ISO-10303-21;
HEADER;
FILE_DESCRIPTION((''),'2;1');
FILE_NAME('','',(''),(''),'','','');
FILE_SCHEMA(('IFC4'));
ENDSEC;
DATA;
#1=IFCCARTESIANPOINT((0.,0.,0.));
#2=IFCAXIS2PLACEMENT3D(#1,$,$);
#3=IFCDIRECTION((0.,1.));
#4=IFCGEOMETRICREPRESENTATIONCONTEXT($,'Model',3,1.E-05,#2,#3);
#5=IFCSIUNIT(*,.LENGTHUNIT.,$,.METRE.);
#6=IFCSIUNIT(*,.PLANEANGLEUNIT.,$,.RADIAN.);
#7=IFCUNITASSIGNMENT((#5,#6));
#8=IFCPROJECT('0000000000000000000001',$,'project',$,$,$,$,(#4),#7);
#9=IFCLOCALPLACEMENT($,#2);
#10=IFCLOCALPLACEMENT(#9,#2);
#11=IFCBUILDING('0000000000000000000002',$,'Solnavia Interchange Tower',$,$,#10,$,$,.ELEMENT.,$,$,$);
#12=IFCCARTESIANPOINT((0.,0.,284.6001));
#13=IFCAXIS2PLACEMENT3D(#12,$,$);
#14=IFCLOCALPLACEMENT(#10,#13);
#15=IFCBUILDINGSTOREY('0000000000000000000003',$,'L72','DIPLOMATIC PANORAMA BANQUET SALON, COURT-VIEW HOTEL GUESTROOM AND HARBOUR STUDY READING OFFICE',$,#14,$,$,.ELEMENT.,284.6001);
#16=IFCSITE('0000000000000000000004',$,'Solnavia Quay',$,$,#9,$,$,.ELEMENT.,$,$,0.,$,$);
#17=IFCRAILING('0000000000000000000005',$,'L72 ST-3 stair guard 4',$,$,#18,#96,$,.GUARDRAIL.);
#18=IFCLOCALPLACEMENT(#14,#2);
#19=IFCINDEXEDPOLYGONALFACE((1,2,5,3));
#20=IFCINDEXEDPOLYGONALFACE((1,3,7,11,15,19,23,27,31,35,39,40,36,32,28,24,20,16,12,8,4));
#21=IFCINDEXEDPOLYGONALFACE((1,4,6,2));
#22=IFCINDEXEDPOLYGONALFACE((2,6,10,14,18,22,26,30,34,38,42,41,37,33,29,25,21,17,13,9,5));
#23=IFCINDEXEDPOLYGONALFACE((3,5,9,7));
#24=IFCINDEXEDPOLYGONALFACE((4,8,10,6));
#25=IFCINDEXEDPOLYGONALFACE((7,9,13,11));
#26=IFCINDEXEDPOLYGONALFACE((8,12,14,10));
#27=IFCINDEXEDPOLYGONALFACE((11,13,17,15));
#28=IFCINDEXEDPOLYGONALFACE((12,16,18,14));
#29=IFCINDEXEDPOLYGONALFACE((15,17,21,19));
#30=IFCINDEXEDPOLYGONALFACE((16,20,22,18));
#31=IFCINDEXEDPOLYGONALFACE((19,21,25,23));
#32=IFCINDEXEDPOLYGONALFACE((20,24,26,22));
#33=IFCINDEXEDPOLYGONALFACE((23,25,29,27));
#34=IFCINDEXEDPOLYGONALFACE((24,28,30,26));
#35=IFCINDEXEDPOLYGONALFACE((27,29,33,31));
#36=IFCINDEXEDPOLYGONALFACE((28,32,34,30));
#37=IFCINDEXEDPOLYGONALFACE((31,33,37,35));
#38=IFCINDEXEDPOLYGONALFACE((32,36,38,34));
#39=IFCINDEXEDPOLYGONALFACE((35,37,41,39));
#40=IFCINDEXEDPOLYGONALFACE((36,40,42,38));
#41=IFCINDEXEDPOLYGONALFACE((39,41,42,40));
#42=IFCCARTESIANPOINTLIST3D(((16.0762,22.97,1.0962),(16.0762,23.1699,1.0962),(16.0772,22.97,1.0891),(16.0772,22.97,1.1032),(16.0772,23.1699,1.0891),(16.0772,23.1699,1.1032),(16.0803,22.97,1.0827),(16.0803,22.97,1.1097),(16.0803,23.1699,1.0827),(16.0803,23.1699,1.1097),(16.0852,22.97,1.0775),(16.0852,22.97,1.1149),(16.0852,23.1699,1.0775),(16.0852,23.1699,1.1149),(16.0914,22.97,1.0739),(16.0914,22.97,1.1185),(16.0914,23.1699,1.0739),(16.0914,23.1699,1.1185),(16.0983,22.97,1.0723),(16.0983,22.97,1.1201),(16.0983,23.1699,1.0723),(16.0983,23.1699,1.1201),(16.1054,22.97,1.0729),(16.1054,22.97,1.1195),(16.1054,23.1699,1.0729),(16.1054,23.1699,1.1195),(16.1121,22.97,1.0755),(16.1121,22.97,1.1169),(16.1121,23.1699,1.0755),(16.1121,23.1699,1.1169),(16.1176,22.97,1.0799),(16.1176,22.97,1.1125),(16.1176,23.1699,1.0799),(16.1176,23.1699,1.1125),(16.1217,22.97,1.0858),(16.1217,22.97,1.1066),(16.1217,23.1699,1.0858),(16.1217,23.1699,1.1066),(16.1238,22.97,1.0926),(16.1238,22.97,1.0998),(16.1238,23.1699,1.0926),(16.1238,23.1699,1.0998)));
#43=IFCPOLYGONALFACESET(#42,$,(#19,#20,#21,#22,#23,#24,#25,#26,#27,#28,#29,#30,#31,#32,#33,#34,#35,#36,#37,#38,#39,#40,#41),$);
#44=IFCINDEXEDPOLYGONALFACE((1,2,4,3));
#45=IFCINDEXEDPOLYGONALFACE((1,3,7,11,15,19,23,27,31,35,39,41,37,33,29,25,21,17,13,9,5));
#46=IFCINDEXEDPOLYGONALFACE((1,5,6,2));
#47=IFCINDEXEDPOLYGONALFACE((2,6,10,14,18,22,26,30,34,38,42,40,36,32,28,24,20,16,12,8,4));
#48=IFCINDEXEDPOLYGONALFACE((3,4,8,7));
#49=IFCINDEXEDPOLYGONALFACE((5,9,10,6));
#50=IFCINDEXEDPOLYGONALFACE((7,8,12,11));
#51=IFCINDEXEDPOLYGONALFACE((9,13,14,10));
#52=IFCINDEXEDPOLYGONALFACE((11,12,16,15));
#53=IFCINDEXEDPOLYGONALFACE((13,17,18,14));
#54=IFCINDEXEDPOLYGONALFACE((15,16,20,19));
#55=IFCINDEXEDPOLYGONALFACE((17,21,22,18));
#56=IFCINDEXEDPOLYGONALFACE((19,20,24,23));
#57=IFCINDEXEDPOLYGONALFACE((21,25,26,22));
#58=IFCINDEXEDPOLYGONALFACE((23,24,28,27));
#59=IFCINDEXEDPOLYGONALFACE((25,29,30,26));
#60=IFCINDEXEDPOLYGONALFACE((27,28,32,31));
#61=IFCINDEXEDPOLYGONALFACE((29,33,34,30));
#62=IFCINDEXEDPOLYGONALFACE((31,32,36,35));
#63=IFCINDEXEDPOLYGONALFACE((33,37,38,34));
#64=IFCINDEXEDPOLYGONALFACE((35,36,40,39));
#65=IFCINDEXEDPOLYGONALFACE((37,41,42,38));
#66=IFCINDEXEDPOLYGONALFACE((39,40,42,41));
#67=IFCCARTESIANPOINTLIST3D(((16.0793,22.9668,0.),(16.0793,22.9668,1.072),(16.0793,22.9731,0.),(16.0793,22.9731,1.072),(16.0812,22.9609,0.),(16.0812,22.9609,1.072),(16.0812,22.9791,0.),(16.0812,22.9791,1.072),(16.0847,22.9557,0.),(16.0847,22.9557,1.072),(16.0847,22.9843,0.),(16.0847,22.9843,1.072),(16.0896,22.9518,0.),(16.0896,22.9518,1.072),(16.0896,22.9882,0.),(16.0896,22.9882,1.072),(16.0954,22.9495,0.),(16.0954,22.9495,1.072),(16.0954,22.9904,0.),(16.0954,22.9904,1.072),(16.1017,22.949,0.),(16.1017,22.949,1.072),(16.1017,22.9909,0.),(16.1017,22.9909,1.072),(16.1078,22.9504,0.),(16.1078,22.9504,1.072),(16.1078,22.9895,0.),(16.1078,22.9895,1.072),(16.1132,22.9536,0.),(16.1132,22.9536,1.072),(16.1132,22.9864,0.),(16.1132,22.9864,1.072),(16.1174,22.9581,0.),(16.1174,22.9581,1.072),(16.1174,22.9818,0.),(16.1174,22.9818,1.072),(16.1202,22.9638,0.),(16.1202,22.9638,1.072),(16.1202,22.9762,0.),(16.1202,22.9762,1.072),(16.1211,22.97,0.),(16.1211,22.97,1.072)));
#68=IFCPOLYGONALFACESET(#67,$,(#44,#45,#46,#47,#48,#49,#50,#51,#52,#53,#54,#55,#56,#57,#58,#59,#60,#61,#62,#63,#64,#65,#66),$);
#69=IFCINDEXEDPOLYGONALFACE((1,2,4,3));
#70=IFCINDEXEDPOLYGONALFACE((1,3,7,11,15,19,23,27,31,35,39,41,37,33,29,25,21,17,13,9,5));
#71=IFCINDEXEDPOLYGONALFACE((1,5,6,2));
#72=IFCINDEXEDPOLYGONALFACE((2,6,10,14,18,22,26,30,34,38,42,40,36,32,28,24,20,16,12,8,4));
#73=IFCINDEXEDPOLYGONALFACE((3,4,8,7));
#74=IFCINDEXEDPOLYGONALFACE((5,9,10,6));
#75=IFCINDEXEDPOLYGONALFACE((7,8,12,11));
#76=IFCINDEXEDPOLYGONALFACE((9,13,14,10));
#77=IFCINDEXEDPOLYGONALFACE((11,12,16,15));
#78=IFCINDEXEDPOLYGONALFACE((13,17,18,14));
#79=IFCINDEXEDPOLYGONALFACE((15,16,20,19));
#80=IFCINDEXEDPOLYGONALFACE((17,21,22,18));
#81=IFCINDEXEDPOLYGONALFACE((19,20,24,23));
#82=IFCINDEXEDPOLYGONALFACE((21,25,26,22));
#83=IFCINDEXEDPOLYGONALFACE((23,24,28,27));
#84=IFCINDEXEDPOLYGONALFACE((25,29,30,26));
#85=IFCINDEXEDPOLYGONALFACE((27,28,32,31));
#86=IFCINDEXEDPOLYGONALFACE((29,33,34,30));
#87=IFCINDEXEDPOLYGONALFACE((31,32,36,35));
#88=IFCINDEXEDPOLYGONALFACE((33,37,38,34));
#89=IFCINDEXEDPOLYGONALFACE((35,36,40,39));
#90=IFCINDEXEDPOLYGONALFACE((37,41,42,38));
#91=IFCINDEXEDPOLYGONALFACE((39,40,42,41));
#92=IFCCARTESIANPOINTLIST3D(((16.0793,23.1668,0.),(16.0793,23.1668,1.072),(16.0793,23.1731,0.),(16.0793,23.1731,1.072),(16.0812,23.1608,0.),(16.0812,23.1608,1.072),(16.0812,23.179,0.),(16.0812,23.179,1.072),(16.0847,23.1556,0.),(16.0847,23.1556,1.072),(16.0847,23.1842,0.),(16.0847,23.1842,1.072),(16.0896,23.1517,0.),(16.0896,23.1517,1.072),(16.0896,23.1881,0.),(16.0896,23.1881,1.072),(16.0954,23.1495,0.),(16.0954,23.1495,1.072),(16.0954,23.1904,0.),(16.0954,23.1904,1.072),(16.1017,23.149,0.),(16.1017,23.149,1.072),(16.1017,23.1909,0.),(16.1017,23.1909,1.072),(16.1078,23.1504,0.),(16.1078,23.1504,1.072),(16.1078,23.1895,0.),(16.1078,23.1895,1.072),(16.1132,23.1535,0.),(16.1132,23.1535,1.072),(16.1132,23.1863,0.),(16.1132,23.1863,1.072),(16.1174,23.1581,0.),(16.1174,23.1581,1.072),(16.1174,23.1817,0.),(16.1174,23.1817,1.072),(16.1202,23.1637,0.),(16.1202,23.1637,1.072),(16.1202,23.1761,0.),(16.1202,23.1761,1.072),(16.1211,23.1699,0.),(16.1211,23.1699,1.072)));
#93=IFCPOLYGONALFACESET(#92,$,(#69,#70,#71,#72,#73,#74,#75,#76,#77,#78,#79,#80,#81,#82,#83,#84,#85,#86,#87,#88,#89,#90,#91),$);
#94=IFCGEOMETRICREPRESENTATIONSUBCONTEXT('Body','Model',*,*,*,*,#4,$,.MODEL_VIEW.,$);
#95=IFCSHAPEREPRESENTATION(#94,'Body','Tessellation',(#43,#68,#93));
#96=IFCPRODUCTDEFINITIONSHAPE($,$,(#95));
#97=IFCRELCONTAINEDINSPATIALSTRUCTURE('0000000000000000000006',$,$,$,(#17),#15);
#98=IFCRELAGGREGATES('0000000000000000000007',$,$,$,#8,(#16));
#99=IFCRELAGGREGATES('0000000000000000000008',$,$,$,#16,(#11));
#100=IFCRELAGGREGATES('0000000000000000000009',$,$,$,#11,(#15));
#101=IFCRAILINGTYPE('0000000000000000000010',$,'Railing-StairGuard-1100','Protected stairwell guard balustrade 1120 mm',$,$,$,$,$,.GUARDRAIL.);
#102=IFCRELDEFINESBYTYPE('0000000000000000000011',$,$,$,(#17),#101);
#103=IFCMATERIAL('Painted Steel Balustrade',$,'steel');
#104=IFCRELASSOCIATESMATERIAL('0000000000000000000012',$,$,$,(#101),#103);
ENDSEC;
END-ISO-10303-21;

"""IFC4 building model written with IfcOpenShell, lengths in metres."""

from ifc_helpers import new_model, si_unit, direction, frame, origin, origin_2d, place, context, subcontext, project, spatial, circle, extrude, material, type_object, element, save


model = new_model("IFC4")

# Units and contexts
model_context = context("Model", 3, precision=1e-05, world=origin(), true_north=direction((0.0, 1.0)))
body_context = subcontext(model_context, "Body", "Model", "MODEL_VIEW")
ifc_project = project(units=[si_unit("LENGTHUNIT", "METRE"), si_unit("PLANEANGLEUNIT", "RADIAN")], contexts=[model_context])

# Site, building, storey
site_placement = place(None, origin())
site = spatial("IfcSite", under=ifc_project, at=site_placement, Name="Solnavia Quay", CompositionType="ELEMENT", RefElevation=0.0)
building_placement = place(site_placement, origin())
building = spatial("IfcBuilding", under=site, at=building_placement, Name="Solnavia Interchange Tower", CompositionType="ELEMENT")
storey_placement = place(building_placement, frame((0.0, 0.0, 284.6001)))
storey = spatial("IfcBuildingStorey", under=building, at=storey_placement, Name="L72", Description="DIPLOMATIC PANORAMA BANQUET SALON, COURT-VIEW HOTEL GUESTROOM AND HARBOUR STUDY READING OFFICE", CompositionType="ELEMENT", Elevation=284.6001)

# Railing
ifc_material_1 = material(Name="Painted Steel Balustrade", Category="steel")
railing_type_1 = type_object("IfcRailingType", Name="Railing-StairGuard-1100", Description="Protected stairwell guard balustrade 1120 mm", PredefinedType="GUARDRAIL", material=ifc_material_1)
railing_1_placement = place(storey_placement, frame((16.1001, 22.97, 0.0)))
element("IfcRailing", 1, at=railing_1_placement, inside=storey, type_object=railing_type_1, Name="L72 ST-3 stair guard 4", PredefinedType="GUARDRAIL", context=body_context, shape_type="SweptSolid", body=[
    extrude(circle(Radius=0.0239, at=origin_2d()), frame((0.0, 0.0, 1.0962), z_axis=(0.0, 1.0, 0.0), x_axis=(-1.0, 0.0, 0.0)), (0.0, 0.0, 1.0), 0.2),
    extrude(circle(Radius=0.021, at=origin_2d()), origin(), (0.0, 0.0, 1.0), 1.072),
    extrude(circle(Radius=0.021, at=origin_2d()), frame((0.0, 0.2, 0.0)), (0.0, 0.0, 1.0), 1.072),
])

save(model, "model.ifc")
